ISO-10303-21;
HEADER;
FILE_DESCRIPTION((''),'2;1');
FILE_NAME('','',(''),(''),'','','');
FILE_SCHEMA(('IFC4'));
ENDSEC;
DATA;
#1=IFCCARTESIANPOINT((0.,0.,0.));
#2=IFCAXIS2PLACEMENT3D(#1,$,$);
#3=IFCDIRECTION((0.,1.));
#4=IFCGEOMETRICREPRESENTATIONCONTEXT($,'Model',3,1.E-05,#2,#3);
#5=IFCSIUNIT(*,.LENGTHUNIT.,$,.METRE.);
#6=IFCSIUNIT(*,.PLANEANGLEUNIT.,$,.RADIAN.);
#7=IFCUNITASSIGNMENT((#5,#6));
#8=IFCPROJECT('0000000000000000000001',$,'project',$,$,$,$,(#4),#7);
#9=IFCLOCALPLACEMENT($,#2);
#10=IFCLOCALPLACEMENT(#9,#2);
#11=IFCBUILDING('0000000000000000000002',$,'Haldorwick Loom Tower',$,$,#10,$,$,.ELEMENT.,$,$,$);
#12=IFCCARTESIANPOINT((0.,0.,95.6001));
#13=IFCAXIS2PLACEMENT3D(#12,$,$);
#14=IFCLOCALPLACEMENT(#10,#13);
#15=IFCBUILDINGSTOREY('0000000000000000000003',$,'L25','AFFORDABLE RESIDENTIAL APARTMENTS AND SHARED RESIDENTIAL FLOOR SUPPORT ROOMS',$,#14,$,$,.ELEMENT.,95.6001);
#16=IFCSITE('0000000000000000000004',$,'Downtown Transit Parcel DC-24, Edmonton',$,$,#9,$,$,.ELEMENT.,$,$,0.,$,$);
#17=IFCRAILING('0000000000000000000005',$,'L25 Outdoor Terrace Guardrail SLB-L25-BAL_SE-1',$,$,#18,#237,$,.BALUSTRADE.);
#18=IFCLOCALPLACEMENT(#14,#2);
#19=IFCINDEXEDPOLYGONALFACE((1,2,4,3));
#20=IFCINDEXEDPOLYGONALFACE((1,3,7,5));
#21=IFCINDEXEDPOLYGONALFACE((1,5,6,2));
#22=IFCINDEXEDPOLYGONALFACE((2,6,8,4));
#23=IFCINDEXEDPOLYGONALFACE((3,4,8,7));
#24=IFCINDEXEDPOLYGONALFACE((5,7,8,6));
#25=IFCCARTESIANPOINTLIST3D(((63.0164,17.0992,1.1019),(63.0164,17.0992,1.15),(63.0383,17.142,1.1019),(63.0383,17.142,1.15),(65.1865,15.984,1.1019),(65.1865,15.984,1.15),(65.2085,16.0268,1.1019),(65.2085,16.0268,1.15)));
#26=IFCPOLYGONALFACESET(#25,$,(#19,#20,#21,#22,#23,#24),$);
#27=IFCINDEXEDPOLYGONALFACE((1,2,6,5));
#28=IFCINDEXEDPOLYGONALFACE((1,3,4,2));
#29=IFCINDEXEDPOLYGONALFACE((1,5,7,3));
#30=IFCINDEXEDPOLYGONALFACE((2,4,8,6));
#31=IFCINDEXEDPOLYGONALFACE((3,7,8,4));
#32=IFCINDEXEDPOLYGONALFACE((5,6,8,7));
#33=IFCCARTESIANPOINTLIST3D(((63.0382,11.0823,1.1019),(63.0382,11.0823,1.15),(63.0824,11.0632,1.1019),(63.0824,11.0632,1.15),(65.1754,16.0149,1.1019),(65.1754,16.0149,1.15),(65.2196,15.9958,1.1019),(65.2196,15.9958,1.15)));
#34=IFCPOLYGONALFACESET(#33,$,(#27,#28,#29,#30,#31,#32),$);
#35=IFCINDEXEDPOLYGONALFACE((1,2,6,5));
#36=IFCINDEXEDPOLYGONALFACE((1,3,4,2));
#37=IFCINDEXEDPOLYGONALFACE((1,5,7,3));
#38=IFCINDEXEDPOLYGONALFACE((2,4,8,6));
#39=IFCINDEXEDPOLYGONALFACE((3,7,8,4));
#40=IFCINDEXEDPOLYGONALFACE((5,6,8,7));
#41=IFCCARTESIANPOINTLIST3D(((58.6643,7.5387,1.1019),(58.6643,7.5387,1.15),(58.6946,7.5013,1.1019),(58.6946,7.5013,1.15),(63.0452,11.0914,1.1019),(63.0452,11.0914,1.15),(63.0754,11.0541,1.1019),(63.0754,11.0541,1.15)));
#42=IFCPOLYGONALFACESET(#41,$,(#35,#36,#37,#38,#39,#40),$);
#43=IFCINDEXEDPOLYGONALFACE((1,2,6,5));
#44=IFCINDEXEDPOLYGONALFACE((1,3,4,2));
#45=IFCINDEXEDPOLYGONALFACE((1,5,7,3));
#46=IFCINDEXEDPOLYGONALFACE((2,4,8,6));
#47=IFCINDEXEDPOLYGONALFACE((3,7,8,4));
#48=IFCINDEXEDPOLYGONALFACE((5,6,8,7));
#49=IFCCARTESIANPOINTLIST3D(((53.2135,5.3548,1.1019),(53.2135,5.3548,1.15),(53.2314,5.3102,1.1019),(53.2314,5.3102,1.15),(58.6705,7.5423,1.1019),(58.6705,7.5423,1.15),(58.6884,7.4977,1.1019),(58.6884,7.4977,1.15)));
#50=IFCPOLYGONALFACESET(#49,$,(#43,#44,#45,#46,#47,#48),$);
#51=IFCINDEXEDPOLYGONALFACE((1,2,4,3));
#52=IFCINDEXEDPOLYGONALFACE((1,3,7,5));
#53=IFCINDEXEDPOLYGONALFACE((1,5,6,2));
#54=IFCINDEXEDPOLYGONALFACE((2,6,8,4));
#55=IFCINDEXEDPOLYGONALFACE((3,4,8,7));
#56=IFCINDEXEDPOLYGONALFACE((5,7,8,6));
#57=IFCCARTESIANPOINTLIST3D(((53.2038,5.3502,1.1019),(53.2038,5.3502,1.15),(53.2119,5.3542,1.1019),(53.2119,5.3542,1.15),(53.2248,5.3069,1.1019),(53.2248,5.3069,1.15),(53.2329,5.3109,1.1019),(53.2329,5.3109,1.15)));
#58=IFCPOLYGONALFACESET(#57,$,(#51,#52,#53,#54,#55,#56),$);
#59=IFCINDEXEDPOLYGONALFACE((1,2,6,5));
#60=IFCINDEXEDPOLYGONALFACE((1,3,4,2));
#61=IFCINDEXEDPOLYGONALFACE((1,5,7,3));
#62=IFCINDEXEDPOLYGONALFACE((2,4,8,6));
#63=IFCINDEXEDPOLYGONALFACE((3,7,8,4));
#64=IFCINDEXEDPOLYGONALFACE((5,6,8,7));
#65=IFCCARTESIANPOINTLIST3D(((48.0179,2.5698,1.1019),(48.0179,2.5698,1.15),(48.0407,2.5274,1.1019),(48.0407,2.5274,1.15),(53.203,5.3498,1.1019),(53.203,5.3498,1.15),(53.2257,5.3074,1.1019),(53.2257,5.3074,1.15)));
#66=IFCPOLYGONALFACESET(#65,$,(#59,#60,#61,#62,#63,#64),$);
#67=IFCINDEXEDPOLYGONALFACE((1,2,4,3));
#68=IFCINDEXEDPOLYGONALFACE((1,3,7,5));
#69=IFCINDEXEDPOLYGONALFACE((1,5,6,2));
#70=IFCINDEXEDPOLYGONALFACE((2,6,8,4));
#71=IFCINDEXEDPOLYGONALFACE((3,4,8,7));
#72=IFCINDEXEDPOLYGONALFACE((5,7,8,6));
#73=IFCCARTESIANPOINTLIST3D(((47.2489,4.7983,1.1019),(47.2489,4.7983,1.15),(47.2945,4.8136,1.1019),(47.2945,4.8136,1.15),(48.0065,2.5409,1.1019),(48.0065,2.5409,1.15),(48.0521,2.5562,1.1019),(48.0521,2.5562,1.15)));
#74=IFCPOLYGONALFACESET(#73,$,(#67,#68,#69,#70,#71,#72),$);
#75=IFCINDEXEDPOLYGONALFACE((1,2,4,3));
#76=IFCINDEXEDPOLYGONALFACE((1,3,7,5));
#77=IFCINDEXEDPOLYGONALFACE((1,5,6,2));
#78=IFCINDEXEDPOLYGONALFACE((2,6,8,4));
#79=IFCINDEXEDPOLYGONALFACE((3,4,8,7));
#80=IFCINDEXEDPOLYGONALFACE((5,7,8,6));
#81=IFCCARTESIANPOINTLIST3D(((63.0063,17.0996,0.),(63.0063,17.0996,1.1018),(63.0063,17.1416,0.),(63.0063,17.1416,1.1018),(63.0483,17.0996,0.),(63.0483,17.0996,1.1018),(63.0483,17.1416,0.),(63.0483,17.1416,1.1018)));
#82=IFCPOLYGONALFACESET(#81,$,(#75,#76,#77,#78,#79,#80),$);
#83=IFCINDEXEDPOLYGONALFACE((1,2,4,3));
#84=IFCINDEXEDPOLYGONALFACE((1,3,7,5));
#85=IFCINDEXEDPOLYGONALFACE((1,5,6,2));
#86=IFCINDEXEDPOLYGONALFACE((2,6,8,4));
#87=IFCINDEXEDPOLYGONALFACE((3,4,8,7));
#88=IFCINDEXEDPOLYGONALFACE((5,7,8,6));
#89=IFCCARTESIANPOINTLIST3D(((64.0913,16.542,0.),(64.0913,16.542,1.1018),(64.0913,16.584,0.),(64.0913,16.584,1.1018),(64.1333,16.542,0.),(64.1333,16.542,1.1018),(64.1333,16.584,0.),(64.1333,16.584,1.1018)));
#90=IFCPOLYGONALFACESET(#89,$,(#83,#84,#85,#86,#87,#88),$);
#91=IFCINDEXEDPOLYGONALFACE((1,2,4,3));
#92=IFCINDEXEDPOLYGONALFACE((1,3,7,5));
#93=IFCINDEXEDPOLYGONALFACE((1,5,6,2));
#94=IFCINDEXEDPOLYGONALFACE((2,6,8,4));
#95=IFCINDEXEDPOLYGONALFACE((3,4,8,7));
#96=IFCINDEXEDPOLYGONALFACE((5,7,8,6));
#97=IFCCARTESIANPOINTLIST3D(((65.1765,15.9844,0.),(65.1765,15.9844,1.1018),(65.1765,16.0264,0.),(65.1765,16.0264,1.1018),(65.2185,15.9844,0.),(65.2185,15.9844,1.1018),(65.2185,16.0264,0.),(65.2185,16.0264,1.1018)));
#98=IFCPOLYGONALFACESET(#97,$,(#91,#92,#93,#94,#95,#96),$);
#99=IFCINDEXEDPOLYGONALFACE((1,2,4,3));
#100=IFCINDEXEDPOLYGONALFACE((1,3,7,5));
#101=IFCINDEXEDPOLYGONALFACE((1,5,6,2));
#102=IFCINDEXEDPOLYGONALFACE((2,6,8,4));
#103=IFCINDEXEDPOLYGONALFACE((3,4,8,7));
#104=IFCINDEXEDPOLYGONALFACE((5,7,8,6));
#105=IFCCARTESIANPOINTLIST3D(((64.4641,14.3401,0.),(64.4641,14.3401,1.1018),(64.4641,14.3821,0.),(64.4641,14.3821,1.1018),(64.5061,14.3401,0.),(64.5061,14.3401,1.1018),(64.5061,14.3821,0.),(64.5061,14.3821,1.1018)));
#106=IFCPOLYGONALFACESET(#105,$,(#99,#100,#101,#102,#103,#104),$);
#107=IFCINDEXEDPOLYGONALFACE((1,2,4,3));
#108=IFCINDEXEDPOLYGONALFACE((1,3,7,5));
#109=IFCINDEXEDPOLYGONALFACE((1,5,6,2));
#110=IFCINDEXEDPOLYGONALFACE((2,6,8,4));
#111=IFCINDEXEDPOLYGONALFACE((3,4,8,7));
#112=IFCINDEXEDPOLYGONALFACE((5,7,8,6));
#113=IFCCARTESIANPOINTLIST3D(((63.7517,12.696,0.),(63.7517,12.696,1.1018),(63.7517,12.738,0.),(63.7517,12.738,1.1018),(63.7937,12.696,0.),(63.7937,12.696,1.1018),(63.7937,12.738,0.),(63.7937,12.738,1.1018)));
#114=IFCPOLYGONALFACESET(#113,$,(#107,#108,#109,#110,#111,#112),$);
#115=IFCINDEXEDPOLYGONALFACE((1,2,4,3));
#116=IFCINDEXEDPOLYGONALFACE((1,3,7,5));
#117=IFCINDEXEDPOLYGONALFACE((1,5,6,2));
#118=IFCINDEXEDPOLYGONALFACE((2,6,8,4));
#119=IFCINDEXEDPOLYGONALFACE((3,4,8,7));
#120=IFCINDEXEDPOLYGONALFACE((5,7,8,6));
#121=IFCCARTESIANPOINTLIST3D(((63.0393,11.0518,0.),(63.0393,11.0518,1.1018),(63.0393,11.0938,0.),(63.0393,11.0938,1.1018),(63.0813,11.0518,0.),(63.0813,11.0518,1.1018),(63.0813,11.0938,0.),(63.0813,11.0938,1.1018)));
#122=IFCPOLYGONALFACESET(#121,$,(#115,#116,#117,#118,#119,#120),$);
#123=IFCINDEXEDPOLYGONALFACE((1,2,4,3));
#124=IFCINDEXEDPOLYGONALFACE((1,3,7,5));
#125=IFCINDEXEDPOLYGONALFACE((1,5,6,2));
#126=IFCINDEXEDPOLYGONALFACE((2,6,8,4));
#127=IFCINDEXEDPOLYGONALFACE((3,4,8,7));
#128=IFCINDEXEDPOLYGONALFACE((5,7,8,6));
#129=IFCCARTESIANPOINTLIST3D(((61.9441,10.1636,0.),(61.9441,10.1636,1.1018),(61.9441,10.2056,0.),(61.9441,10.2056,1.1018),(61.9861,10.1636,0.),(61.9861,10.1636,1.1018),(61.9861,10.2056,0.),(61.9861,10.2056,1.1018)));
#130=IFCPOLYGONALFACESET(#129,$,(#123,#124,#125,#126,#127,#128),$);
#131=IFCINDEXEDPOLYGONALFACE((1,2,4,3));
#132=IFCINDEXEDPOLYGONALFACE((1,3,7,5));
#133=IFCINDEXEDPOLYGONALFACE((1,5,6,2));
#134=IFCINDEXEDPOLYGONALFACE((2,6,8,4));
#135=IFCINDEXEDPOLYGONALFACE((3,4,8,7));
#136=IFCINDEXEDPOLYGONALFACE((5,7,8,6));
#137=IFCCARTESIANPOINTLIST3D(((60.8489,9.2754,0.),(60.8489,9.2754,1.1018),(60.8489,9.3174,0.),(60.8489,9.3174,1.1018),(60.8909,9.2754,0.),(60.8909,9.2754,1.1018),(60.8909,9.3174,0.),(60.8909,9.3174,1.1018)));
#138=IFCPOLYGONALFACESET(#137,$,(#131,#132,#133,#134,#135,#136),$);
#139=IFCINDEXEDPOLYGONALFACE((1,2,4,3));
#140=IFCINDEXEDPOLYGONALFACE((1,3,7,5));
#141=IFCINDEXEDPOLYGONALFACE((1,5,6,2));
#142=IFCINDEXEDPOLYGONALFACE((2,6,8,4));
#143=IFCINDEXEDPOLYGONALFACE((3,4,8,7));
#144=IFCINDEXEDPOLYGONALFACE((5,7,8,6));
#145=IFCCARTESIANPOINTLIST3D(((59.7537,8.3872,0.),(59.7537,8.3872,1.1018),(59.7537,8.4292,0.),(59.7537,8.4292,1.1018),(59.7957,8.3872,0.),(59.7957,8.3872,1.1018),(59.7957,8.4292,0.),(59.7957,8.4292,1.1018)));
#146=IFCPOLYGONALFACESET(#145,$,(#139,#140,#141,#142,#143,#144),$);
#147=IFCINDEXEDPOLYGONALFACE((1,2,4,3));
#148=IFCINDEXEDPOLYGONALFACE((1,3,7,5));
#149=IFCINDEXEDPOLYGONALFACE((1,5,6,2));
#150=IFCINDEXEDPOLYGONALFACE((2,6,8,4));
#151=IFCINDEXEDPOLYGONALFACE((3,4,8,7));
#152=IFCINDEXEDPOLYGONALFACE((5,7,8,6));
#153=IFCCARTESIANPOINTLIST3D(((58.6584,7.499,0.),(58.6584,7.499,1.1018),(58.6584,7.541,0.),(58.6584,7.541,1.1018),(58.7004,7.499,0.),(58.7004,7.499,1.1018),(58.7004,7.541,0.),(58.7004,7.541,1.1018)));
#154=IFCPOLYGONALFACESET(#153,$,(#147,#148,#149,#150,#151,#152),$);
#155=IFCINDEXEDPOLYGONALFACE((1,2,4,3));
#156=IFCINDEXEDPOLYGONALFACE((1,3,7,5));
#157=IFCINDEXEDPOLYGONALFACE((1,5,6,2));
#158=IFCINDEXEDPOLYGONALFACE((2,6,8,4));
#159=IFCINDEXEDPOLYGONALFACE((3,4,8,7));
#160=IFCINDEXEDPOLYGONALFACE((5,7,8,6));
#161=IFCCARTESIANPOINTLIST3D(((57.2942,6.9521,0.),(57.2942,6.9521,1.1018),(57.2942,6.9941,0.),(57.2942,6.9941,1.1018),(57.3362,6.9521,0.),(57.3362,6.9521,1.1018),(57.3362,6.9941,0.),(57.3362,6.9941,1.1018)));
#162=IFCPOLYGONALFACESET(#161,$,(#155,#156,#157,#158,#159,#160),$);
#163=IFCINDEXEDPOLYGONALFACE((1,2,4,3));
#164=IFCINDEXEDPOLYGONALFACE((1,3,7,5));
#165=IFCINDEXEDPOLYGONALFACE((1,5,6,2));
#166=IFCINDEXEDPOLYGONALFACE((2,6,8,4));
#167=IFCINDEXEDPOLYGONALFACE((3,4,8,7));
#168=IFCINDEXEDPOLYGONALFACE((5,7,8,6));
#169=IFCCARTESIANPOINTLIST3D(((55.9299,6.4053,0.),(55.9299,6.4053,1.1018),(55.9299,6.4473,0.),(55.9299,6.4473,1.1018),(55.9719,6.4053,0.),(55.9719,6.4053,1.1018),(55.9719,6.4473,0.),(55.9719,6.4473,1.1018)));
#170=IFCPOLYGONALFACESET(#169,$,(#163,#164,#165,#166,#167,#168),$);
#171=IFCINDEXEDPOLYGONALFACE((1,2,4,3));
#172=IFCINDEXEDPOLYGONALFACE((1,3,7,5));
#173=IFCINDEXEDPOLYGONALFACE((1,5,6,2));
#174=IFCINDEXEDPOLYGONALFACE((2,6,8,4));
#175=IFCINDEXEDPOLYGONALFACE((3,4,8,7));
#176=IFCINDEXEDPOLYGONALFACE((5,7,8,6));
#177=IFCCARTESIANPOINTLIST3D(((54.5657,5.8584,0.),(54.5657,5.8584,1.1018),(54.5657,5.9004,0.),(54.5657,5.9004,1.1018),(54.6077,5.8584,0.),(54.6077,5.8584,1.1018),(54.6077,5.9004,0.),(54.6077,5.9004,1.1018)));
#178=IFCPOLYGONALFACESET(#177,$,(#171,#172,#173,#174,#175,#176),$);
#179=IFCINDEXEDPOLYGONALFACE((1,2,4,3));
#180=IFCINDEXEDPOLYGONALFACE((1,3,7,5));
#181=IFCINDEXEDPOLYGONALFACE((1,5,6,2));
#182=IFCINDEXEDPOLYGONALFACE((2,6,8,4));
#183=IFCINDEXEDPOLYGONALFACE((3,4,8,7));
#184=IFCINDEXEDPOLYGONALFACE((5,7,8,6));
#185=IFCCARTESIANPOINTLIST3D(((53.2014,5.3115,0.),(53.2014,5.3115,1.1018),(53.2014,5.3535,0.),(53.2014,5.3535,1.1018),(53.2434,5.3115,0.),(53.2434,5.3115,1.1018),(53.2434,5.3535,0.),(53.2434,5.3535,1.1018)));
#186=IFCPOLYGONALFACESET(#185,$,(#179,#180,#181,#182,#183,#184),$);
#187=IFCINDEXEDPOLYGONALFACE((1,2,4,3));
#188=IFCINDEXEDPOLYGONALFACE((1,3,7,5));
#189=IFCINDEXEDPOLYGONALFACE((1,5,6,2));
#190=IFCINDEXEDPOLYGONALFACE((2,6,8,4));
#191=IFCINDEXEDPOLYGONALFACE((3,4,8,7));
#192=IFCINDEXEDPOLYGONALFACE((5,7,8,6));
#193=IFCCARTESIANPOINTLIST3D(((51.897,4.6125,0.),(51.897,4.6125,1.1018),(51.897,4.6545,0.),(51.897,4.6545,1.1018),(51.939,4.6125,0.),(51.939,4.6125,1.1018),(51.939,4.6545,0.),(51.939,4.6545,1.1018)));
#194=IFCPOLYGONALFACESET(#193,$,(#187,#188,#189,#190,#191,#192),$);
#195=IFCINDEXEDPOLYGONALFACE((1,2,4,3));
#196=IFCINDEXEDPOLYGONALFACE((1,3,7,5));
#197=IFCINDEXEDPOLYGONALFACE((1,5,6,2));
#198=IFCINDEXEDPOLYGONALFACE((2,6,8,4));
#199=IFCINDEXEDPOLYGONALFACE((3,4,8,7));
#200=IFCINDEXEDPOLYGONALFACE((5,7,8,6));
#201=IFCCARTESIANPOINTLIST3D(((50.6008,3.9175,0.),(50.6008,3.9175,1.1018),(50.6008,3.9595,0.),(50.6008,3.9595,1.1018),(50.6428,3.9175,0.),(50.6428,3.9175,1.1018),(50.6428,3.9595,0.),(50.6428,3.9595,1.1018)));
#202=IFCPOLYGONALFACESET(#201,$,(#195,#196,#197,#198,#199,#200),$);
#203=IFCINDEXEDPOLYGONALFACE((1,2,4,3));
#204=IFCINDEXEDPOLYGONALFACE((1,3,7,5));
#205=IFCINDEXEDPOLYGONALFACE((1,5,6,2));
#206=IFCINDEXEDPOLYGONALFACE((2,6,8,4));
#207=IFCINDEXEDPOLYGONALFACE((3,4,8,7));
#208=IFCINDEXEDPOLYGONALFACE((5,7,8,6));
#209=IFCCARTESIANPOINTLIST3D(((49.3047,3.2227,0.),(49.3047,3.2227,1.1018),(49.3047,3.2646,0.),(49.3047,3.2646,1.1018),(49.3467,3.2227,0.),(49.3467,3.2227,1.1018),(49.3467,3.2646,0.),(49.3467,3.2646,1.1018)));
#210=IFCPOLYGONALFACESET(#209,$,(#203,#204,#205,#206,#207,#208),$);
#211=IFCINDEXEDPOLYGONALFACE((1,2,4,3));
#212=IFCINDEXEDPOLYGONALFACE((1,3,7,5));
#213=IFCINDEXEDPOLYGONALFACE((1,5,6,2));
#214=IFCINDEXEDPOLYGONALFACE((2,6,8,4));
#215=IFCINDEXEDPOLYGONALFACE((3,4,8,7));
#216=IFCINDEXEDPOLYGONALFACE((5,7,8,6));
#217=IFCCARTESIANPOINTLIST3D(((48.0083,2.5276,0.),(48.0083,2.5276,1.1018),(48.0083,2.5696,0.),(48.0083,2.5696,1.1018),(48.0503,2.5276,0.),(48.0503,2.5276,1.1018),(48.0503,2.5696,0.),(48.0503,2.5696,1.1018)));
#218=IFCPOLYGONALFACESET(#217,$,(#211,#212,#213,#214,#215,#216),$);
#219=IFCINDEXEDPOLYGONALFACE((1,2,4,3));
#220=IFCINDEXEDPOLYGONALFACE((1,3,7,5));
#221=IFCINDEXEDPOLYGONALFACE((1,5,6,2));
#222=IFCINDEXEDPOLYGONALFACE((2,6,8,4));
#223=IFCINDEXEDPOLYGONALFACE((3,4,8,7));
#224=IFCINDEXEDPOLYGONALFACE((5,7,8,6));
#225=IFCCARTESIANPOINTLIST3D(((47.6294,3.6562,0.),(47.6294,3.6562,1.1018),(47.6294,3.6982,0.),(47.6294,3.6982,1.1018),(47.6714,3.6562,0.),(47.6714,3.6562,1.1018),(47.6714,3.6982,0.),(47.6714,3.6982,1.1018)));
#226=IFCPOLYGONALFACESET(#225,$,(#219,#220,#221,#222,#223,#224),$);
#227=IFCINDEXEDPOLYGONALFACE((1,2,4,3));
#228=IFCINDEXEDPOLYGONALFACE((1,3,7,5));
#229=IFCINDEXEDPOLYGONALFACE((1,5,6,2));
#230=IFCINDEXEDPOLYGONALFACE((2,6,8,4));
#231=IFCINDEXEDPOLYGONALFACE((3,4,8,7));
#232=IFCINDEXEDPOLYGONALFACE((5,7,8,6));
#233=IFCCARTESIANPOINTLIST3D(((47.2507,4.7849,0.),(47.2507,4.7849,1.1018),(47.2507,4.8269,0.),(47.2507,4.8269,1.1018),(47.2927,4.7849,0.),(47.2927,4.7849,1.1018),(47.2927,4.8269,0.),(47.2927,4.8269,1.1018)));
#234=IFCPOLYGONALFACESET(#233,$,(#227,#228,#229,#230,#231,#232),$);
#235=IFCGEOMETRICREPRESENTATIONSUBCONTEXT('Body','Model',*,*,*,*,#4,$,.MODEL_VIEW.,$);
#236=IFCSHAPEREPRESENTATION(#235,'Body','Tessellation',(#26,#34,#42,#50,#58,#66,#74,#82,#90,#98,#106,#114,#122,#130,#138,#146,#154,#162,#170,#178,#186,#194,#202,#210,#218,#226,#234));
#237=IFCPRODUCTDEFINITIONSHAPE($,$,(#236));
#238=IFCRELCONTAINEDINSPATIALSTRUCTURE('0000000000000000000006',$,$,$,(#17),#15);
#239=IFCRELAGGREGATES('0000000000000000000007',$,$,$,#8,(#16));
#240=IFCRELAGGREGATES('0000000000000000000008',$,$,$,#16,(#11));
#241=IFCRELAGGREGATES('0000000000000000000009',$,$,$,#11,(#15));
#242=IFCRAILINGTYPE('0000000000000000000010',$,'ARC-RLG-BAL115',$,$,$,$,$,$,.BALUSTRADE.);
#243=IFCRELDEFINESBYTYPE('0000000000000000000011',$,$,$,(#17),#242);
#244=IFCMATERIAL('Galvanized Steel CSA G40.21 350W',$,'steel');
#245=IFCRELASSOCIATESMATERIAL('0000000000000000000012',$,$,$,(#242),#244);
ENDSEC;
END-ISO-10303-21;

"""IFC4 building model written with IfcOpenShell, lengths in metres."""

from ifc_helpers import new_model, si_unit, direction, frame, origin, origin_2d, place, context, subcontext, project, spatial, rectangle, extrude, material, type_object, element, save


model = new_model("IFC4")

# Units and contexts
model_context = context("Model", 3, precision=1e-05, world=origin(), true_north=direction((0.0, 1.0)))
body_context = subcontext(model_context, "Body", "Model", "MODEL_VIEW")
ifc_project = project(units=[si_unit("LENGTHUNIT", "METRE"), si_unit("PLANEANGLEUNIT", "RADIAN")], contexts=[model_context])

# Site, building, storey
site_placement = place(None, origin())
site = spatial("IfcSite", under=ifc_project, at=site_placement, Name="Downtown Transit Parcel DC-24, Edmonton", CompositionType="ELEMENT", RefElevation=0.0)
building_placement = place(site_placement, origin())
building = spatial("IfcBuilding", under=site, at=building_placement, Name="Haldorwick Loom Tower", CompositionType="ELEMENT")
storey_placement = place(building_placement, frame((0.0, 0.0, 95.6001)))
storey = spatial("IfcBuildingStorey", under=building, at=storey_placement, Name="L25", Description="AFFORDABLE RESIDENTIAL APARTMENTS AND SHARED RESIDENTIAL FLOOR SUPPORT ROOMS", CompositionType="ELEMENT", Elevation=95.6001)

# Railing
ifc_material_1 = material(Name="Galvanized Steel CSA G40.21 350W", Category="steel")
railing_type = type_object("IfcRailingType", Name="ARC-RLG-BAL115", PredefinedType="BALUSTRADE", material=ifc_material_1)
railing_placement = place(storey_placement, frame((63.0273, 17.1206, 0.0)))
element("IfcRailing", 1, at=railing_placement, inside=storey, type_object=railing_type, Name="L25 Outdoor Terrace Guardrail SLB-L25-BAL_SE-1", PredefinedType="BALUSTRADE", context=body_context, shape_type="SweptSolid", body=[
    extrude(rectangle(XDim=0.0481, YDim=0.0481, at=origin_2d()), frame((0.0, 0.0, 1.126), z_axis=(0.88943, -0.457072, 0.0), x_axis=(0.457072, 0.88943, 0.0)), (0.0, 0.0, 1.0), 2.4399),
    extrude(rectangle(XDim=0.0481, YDim=0.0481, at=origin_2d()), frame((2.1702, -1.1152, 1.126), z_axis=(-0.397567, -0.917573, 0.0), x_axis=(0.917573, -0.397567, 0.0)), (0.0, 0.0, 1.0), 5.3757),
    extrude(rectangle(XDim=0.0481, YDim=0.0481, at=origin_2d()), frame((0.033, -6.0479, 1.126), z_axis=(-0.776696, -0.629875, 0.0), x_axis=(0.629875, -0.776696, 0.0)), (0.0, 0.0, 1.0), 5.6404),
    extrude(rectangle(XDim=0.0481, YDim=0.0481, at=origin_2d()), frame((-4.3479, -9.6006, 1.126), z_axis=(-0.928202, -0.372078, 0.0), x_axis=(0.372078, -0.928202, 0.0)), (0.0, 0.0, 1.0), 5.8792),
    extrude(rectangle(XDim=0.0481, YDim=0.0481, at=origin_2d()), frame((-9.8049, -11.7881, 1.126), z_axis=(-0.899814, -0.436274, 0.0), x_axis=(0.436274, -0.899814, 0.0)), (0.0, 0.0, 1.0), 0.009),
    extrude(rectangle(XDim=0.0481, YDim=0.0481, at=origin_2d()), frame((-9.813, -11.792, 1.126), z_axis=(-0.881316, -0.472528, 0.0), x_axis=(0.472528, -0.881316, 0.0)), (0.0, 0.0, 1.0), 5.8833),
    extrude(rectangle(XDim=0.0481, YDim=0.0481, at=origin_2d()), frame((-14.998, -14.572, 1.126), z_axis=(-0.318165, 0.948035, 0.0), x_axis=(-0.948035, -0.318165, 0.0)), (0.0, 0.0, 1.0), 2.3811),
    extrude(rectangle(XDim=0.042, YDim=0.042, at=origin_2d()), origin(), (0.0, 0.0, 1.0), 1.1018),
    extrude(rectangle(XDim=0.042, YDim=0.042, at=origin_2d()), frame((1.085, -0.5576, 0.0)), (0.0, 0.0, 1.0), 1.1018),
    extrude(rectangle(XDim=0.042, YDim=0.042, at=origin_2d()), frame((2.1702, -1.1152, 0.0)), (0.0, 0.0, 1.0), 1.1018),
    extrude(rectangle(XDim=0.042, YDim=0.042, at=origin_2d()), frame((1.4578, -2.7595, 0.0)), (0.0, 0.0, 1.0), 1.1018),
    extrude(rectangle(XDim=0.042, YDim=0.042, at=origin_2d()), frame((0.7454, -4.4036, 0.0)), (0.0, 0.0, 1.0), 1.1018),
    extrude(rectangle(XDim=0.042, YDim=0.042, at=origin_2d()), frame((0.033, -6.0479, 0.0)), (0.0, 0.0, 1.0), 1.1018),
    extrude(rectangle(XDim=0.042, YDim=0.042, at=origin_2d()), frame((-1.0623, -6.936, 0.0)), (0.0, 0.0, 1.0), 1.1018),
    extrude(rectangle(XDim=0.042, YDim=0.042, at=origin_2d()), frame((-2.1575, -7.8242, 0.0)), (0.0, 0.0, 1.0), 1.1018),
    extrude(rectangle(XDim=0.042, YDim=0.042, at=origin_2d()), frame((-3.2527, -8.7124, 0.0)), (0.0, 0.0, 1.0), 1.1018),
    extrude(rectangle(XDim=0.042, YDim=0.042, at=origin_2d()), frame((-4.3479, -9.6006, 0.0)), (0.0, 0.0, 1.0), 1.1018),
    extrude(rectangle(XDim=0.042, YDim=0.042, at=origin_2d()), frame((-5.7122, -10.1475, 0.0)), (0.0, 0.0, 1.0), 1.1018),
    extrude(rectangle(XDim=0.042, YDim=0.042, at=origin_2d()), frame((-7.0764, -10.6943, 0.0)), (0.0, 0.0, 1.0), 1.1018),
    extrude(rectangle(XDim=0.042, YDim=0.042, at=origin_2d()), frame((-8.4407, -11.2412, 0.0)), (0.0, 0.0, 1.0), 1.1018),
    extrude(rectangle(XDim=0.042, YDim=0.042, at=origin_2d()), frame((-9.8049, -11.7881, 0.0)), (0.0, 0.0, 1.0), 1.1018),
    extrude(rectangle(XDim=0.042, YDim=0.042, at=origin_2d()), frame((-11.1094, -12.4871, 0.0)), (0.0, 0.0, 1.0), 1.1018),
    extrude(rectangle(XDim=0.042, YDim=0.042, at=origin_2d()), frame((-12.4055, -13.1821, 0.0)), (0.0, 0.0, 1.0), 1.1018),
    extrude(rectangle(XDim=0.042, YDim=0.042, at=origin_2d()), frame((-13.7017, -13.877, 0.0)), (0.0, 0.0, 1.0), 1.1018),
    extrude(rectangle(XDim=0.042, YDim=0.042, at=origin_2d()), frame((-14.998, -14.572, 0.0)), (0.0, 0.0, 1.0), 1.1018),
    extrude(rectangle(XDim=0.042, YDim=0.042, at=origin_2d()), frame((-15.377, -13.4434, 0.0)), (0.0, 0.0, 1.0), 1.1018),
    extrude(rectangle(XDim=0.042, YDim=0.042, at=origin_2d()), frame((-15.7556, -12.3147, 0.0)), (0.0, 0.0, 1.0), 1.1018),
])

save(model, "model.ifc")
